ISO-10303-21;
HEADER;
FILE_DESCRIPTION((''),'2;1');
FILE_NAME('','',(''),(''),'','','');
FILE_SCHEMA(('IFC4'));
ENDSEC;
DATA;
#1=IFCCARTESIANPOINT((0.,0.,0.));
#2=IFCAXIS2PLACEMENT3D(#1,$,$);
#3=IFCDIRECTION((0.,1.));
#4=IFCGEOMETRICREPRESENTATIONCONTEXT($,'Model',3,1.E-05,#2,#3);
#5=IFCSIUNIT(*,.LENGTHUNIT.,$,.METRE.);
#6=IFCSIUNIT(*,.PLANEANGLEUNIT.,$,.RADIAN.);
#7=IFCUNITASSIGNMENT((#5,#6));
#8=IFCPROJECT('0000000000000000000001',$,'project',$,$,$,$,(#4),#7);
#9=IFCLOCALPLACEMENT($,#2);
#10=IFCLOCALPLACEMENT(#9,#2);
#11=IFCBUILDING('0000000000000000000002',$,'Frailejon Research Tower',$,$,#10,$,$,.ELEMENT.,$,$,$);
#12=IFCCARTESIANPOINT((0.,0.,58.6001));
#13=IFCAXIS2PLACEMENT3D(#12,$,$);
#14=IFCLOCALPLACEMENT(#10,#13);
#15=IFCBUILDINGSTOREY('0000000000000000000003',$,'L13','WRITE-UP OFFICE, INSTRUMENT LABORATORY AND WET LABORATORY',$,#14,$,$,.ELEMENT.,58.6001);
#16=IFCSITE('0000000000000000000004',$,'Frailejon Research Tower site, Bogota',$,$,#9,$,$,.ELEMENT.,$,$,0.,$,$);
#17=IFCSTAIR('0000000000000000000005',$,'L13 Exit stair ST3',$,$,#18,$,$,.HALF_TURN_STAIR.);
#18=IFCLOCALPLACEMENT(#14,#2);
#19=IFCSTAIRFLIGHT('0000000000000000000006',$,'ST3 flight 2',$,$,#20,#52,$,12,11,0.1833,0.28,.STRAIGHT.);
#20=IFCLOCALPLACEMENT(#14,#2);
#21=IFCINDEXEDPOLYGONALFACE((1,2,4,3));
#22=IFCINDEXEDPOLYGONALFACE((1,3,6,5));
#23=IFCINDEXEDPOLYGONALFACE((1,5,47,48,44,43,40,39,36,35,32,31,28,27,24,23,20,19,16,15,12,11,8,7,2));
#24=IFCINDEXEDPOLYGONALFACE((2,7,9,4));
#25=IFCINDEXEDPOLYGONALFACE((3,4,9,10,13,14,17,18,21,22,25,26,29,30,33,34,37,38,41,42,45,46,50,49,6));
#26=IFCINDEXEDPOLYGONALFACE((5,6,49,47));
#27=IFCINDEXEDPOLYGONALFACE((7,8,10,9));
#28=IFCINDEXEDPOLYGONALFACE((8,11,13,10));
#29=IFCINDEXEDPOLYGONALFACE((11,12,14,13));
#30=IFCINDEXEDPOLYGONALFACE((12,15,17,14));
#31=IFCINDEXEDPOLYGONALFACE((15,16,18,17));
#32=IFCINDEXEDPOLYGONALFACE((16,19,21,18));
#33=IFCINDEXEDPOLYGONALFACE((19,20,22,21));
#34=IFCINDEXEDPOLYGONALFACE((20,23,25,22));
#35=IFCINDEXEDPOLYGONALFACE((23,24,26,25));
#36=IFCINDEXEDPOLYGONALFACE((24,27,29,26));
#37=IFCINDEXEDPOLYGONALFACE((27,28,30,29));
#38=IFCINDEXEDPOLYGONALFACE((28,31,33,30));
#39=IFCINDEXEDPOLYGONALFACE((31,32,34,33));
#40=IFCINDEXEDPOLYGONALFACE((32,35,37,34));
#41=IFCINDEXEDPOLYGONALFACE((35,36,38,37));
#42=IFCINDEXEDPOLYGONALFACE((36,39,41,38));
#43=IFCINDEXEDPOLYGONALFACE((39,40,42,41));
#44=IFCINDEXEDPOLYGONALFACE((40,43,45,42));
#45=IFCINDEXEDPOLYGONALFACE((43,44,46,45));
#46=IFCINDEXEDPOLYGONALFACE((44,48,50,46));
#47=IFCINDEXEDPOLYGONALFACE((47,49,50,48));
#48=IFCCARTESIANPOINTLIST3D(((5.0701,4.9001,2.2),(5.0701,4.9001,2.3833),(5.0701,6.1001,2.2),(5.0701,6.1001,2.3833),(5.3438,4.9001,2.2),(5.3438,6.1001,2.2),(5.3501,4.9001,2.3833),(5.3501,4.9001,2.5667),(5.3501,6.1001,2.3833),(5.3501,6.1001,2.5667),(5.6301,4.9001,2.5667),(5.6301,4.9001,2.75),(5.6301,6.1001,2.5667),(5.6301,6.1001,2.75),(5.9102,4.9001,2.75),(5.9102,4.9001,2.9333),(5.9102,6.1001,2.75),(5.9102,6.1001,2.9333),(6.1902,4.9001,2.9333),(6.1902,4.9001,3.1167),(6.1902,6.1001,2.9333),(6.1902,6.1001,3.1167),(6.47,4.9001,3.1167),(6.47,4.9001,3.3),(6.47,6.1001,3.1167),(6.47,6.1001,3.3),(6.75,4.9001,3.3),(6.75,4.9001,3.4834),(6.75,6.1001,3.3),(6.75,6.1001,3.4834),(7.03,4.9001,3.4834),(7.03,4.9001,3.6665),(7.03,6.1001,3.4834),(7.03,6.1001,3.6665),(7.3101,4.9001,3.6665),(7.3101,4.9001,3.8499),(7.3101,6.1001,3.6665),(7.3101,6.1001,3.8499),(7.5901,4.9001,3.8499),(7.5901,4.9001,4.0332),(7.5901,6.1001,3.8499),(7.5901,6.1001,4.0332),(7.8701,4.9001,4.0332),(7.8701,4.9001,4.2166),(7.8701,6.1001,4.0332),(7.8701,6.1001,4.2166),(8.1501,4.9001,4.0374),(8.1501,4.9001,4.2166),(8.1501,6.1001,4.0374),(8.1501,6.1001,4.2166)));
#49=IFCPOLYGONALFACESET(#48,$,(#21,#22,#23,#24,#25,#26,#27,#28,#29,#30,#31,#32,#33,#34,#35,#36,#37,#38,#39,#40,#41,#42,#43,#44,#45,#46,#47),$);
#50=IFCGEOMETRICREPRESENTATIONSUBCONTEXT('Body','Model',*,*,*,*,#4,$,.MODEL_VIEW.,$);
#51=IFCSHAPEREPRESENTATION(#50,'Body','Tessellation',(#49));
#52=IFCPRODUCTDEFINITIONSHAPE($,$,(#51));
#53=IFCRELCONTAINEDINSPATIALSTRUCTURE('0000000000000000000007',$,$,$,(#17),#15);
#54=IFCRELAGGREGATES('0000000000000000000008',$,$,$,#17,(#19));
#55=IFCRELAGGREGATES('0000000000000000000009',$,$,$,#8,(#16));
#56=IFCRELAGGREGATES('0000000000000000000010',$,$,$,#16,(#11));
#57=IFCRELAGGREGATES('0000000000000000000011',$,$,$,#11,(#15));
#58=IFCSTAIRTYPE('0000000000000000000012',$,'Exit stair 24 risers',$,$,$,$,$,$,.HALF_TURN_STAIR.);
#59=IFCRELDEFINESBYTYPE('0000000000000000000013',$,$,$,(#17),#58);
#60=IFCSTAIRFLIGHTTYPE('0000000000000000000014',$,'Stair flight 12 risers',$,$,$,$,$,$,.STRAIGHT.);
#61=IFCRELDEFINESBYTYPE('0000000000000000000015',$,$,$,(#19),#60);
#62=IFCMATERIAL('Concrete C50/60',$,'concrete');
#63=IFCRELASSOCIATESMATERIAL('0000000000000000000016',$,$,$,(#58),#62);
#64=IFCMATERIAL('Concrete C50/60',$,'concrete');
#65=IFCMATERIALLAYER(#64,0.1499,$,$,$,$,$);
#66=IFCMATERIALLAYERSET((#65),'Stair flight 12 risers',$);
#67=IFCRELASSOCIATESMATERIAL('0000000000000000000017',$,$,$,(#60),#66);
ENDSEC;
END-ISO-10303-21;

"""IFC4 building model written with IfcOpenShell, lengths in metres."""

from ifc_helpers import new_model, si_unit, direction, frame, origin, place, context, subcontext, project, spatial, polyline, outline, extrude, material, layer, layer_set, type_object, element, aggregate, save


model = new_model("IFC4")

# Units and contexts
model_context = context("Model", 3, precision=1e-05, world=origin(), true_north=direction((0.0, 1.0)))
body_context = subcontext(model_context, "Body", "Model", "MODEL_VIEW")
ifc_project = project(units=[si_unit("LENGTHUNIT", "METRE"), si_unit("PLANEANGLEUNIT", "RADIAN")], contexts=[model_context])

# Site, building, storey
site_placement = place(None, origin())
site = spatial("IfcSite", under=ifc_project, at=site_placement, Name="Frailejon Research Tower site, Bogota", CompositionType="ELEMENT", RefElevation=0.0)
building_placement = place(site_placement, origin())
building = spatial("IfcBuilding", under=site, at=building_placement, Name="Frailejon Research Tower", CompositionType="ELEMENT")
storey_placement = place(building_placement, frame((0.0, 0.0, 58.6001)))
storey = spatial("IfcBuildingStorey", under=building, at=storey_placement, Name="L13", Description="WRITE-UP OFFICE, INSTRUMENT LABORATORY AND WET LABORATORY", CompositionType="ELEMENT", Elevation=58.6001)

# Stair
ifc_material_1 = material(Name="Concrete C50/60", Category="concrete")
stair_type = type_object("IfcStairType", Name="Exit stair 24 risers", PredefinedType="HALF_TURN_STAIR", material=ifc_material_1)
stair_1_placement = place(storey_placement, origin())
stair_1 = element("IfcStair", 1, at=stair_1_placement, inside=storey, type_object=stair_type, Name="L13 Exit stair ST3", PredefinedType="HALF_TURN_STAIR")

# Stair flight
ifc_material_2 = material(Name="Concrete C50/60", Category="concrete")
ifc_layer_1 = layer(ifc_material_2, 0.1499)
ifc_layer_set_1 = layer_set([ifc_layer_1], Name="Stair flight 12 risers")
stair_flight_type = type_object("IfcStairFlightType", Name="Stair flight 12 risers", PredefinedType="STRAIGHT", material=ifc_layer_set_1)
stair_flight_1_placement = place(storey_placement, frame((5.0701, 5.5, 2.2), z_axis=(0.0, 0.0, 1.0), x_axis=(1.0, 0.0, 0.0)))
stair_flight_1 = element("IfcStairFlight", 2, at=stair_flight_1_placement, type_object=stair_flight_type, Name="ST3 flight 2", NumberOfRisers=12, NumberOfTreads=11, PredefinedType="STRAIGHT", RiserHeight=0.1833, TreadLength=0.28, context=body_context, shape_type="SweptSolid", body=[
    extrude(outline(polyline([(0.0, 0.0), (0.0, 0.1833), (0.28, 0.1833), (0.28, 0.3667), (0.5601, 0.3667), (0.5601, 0.55), (0.8401, 0.55), (0.8401, 0.7334), (1.1201, 0.7334), (1.1201, 0.9167), (1.3999, 0.9167), (1.3999, 1.1001), (1.6799, 1.1001), (1.6799, 1.2834), (1.96, 1.2834), (1.96, 1.4666), (2.24, 1.4666), (2.24, 1.6499), (2.52, 1.6499), (2.52, 1.8333), (2.8, 1.8333), (2.8, 2.0166), (3.0801, 2.0166), (3.0801, 2.2), (3.0801, 1.8374), (0.2737, 0.0), (0.0, 0.0)])), frame((0.0, 0.6001, 0.0), z_axis=(0.0, -1.0, 0.0), x_axis=(1.0, 0.0, 0.0)), (0.0, 0.0, 1.0), 1.2),
])
aggregate(stair_1, [stair_flight_1])

save(model, "model.ifc")
